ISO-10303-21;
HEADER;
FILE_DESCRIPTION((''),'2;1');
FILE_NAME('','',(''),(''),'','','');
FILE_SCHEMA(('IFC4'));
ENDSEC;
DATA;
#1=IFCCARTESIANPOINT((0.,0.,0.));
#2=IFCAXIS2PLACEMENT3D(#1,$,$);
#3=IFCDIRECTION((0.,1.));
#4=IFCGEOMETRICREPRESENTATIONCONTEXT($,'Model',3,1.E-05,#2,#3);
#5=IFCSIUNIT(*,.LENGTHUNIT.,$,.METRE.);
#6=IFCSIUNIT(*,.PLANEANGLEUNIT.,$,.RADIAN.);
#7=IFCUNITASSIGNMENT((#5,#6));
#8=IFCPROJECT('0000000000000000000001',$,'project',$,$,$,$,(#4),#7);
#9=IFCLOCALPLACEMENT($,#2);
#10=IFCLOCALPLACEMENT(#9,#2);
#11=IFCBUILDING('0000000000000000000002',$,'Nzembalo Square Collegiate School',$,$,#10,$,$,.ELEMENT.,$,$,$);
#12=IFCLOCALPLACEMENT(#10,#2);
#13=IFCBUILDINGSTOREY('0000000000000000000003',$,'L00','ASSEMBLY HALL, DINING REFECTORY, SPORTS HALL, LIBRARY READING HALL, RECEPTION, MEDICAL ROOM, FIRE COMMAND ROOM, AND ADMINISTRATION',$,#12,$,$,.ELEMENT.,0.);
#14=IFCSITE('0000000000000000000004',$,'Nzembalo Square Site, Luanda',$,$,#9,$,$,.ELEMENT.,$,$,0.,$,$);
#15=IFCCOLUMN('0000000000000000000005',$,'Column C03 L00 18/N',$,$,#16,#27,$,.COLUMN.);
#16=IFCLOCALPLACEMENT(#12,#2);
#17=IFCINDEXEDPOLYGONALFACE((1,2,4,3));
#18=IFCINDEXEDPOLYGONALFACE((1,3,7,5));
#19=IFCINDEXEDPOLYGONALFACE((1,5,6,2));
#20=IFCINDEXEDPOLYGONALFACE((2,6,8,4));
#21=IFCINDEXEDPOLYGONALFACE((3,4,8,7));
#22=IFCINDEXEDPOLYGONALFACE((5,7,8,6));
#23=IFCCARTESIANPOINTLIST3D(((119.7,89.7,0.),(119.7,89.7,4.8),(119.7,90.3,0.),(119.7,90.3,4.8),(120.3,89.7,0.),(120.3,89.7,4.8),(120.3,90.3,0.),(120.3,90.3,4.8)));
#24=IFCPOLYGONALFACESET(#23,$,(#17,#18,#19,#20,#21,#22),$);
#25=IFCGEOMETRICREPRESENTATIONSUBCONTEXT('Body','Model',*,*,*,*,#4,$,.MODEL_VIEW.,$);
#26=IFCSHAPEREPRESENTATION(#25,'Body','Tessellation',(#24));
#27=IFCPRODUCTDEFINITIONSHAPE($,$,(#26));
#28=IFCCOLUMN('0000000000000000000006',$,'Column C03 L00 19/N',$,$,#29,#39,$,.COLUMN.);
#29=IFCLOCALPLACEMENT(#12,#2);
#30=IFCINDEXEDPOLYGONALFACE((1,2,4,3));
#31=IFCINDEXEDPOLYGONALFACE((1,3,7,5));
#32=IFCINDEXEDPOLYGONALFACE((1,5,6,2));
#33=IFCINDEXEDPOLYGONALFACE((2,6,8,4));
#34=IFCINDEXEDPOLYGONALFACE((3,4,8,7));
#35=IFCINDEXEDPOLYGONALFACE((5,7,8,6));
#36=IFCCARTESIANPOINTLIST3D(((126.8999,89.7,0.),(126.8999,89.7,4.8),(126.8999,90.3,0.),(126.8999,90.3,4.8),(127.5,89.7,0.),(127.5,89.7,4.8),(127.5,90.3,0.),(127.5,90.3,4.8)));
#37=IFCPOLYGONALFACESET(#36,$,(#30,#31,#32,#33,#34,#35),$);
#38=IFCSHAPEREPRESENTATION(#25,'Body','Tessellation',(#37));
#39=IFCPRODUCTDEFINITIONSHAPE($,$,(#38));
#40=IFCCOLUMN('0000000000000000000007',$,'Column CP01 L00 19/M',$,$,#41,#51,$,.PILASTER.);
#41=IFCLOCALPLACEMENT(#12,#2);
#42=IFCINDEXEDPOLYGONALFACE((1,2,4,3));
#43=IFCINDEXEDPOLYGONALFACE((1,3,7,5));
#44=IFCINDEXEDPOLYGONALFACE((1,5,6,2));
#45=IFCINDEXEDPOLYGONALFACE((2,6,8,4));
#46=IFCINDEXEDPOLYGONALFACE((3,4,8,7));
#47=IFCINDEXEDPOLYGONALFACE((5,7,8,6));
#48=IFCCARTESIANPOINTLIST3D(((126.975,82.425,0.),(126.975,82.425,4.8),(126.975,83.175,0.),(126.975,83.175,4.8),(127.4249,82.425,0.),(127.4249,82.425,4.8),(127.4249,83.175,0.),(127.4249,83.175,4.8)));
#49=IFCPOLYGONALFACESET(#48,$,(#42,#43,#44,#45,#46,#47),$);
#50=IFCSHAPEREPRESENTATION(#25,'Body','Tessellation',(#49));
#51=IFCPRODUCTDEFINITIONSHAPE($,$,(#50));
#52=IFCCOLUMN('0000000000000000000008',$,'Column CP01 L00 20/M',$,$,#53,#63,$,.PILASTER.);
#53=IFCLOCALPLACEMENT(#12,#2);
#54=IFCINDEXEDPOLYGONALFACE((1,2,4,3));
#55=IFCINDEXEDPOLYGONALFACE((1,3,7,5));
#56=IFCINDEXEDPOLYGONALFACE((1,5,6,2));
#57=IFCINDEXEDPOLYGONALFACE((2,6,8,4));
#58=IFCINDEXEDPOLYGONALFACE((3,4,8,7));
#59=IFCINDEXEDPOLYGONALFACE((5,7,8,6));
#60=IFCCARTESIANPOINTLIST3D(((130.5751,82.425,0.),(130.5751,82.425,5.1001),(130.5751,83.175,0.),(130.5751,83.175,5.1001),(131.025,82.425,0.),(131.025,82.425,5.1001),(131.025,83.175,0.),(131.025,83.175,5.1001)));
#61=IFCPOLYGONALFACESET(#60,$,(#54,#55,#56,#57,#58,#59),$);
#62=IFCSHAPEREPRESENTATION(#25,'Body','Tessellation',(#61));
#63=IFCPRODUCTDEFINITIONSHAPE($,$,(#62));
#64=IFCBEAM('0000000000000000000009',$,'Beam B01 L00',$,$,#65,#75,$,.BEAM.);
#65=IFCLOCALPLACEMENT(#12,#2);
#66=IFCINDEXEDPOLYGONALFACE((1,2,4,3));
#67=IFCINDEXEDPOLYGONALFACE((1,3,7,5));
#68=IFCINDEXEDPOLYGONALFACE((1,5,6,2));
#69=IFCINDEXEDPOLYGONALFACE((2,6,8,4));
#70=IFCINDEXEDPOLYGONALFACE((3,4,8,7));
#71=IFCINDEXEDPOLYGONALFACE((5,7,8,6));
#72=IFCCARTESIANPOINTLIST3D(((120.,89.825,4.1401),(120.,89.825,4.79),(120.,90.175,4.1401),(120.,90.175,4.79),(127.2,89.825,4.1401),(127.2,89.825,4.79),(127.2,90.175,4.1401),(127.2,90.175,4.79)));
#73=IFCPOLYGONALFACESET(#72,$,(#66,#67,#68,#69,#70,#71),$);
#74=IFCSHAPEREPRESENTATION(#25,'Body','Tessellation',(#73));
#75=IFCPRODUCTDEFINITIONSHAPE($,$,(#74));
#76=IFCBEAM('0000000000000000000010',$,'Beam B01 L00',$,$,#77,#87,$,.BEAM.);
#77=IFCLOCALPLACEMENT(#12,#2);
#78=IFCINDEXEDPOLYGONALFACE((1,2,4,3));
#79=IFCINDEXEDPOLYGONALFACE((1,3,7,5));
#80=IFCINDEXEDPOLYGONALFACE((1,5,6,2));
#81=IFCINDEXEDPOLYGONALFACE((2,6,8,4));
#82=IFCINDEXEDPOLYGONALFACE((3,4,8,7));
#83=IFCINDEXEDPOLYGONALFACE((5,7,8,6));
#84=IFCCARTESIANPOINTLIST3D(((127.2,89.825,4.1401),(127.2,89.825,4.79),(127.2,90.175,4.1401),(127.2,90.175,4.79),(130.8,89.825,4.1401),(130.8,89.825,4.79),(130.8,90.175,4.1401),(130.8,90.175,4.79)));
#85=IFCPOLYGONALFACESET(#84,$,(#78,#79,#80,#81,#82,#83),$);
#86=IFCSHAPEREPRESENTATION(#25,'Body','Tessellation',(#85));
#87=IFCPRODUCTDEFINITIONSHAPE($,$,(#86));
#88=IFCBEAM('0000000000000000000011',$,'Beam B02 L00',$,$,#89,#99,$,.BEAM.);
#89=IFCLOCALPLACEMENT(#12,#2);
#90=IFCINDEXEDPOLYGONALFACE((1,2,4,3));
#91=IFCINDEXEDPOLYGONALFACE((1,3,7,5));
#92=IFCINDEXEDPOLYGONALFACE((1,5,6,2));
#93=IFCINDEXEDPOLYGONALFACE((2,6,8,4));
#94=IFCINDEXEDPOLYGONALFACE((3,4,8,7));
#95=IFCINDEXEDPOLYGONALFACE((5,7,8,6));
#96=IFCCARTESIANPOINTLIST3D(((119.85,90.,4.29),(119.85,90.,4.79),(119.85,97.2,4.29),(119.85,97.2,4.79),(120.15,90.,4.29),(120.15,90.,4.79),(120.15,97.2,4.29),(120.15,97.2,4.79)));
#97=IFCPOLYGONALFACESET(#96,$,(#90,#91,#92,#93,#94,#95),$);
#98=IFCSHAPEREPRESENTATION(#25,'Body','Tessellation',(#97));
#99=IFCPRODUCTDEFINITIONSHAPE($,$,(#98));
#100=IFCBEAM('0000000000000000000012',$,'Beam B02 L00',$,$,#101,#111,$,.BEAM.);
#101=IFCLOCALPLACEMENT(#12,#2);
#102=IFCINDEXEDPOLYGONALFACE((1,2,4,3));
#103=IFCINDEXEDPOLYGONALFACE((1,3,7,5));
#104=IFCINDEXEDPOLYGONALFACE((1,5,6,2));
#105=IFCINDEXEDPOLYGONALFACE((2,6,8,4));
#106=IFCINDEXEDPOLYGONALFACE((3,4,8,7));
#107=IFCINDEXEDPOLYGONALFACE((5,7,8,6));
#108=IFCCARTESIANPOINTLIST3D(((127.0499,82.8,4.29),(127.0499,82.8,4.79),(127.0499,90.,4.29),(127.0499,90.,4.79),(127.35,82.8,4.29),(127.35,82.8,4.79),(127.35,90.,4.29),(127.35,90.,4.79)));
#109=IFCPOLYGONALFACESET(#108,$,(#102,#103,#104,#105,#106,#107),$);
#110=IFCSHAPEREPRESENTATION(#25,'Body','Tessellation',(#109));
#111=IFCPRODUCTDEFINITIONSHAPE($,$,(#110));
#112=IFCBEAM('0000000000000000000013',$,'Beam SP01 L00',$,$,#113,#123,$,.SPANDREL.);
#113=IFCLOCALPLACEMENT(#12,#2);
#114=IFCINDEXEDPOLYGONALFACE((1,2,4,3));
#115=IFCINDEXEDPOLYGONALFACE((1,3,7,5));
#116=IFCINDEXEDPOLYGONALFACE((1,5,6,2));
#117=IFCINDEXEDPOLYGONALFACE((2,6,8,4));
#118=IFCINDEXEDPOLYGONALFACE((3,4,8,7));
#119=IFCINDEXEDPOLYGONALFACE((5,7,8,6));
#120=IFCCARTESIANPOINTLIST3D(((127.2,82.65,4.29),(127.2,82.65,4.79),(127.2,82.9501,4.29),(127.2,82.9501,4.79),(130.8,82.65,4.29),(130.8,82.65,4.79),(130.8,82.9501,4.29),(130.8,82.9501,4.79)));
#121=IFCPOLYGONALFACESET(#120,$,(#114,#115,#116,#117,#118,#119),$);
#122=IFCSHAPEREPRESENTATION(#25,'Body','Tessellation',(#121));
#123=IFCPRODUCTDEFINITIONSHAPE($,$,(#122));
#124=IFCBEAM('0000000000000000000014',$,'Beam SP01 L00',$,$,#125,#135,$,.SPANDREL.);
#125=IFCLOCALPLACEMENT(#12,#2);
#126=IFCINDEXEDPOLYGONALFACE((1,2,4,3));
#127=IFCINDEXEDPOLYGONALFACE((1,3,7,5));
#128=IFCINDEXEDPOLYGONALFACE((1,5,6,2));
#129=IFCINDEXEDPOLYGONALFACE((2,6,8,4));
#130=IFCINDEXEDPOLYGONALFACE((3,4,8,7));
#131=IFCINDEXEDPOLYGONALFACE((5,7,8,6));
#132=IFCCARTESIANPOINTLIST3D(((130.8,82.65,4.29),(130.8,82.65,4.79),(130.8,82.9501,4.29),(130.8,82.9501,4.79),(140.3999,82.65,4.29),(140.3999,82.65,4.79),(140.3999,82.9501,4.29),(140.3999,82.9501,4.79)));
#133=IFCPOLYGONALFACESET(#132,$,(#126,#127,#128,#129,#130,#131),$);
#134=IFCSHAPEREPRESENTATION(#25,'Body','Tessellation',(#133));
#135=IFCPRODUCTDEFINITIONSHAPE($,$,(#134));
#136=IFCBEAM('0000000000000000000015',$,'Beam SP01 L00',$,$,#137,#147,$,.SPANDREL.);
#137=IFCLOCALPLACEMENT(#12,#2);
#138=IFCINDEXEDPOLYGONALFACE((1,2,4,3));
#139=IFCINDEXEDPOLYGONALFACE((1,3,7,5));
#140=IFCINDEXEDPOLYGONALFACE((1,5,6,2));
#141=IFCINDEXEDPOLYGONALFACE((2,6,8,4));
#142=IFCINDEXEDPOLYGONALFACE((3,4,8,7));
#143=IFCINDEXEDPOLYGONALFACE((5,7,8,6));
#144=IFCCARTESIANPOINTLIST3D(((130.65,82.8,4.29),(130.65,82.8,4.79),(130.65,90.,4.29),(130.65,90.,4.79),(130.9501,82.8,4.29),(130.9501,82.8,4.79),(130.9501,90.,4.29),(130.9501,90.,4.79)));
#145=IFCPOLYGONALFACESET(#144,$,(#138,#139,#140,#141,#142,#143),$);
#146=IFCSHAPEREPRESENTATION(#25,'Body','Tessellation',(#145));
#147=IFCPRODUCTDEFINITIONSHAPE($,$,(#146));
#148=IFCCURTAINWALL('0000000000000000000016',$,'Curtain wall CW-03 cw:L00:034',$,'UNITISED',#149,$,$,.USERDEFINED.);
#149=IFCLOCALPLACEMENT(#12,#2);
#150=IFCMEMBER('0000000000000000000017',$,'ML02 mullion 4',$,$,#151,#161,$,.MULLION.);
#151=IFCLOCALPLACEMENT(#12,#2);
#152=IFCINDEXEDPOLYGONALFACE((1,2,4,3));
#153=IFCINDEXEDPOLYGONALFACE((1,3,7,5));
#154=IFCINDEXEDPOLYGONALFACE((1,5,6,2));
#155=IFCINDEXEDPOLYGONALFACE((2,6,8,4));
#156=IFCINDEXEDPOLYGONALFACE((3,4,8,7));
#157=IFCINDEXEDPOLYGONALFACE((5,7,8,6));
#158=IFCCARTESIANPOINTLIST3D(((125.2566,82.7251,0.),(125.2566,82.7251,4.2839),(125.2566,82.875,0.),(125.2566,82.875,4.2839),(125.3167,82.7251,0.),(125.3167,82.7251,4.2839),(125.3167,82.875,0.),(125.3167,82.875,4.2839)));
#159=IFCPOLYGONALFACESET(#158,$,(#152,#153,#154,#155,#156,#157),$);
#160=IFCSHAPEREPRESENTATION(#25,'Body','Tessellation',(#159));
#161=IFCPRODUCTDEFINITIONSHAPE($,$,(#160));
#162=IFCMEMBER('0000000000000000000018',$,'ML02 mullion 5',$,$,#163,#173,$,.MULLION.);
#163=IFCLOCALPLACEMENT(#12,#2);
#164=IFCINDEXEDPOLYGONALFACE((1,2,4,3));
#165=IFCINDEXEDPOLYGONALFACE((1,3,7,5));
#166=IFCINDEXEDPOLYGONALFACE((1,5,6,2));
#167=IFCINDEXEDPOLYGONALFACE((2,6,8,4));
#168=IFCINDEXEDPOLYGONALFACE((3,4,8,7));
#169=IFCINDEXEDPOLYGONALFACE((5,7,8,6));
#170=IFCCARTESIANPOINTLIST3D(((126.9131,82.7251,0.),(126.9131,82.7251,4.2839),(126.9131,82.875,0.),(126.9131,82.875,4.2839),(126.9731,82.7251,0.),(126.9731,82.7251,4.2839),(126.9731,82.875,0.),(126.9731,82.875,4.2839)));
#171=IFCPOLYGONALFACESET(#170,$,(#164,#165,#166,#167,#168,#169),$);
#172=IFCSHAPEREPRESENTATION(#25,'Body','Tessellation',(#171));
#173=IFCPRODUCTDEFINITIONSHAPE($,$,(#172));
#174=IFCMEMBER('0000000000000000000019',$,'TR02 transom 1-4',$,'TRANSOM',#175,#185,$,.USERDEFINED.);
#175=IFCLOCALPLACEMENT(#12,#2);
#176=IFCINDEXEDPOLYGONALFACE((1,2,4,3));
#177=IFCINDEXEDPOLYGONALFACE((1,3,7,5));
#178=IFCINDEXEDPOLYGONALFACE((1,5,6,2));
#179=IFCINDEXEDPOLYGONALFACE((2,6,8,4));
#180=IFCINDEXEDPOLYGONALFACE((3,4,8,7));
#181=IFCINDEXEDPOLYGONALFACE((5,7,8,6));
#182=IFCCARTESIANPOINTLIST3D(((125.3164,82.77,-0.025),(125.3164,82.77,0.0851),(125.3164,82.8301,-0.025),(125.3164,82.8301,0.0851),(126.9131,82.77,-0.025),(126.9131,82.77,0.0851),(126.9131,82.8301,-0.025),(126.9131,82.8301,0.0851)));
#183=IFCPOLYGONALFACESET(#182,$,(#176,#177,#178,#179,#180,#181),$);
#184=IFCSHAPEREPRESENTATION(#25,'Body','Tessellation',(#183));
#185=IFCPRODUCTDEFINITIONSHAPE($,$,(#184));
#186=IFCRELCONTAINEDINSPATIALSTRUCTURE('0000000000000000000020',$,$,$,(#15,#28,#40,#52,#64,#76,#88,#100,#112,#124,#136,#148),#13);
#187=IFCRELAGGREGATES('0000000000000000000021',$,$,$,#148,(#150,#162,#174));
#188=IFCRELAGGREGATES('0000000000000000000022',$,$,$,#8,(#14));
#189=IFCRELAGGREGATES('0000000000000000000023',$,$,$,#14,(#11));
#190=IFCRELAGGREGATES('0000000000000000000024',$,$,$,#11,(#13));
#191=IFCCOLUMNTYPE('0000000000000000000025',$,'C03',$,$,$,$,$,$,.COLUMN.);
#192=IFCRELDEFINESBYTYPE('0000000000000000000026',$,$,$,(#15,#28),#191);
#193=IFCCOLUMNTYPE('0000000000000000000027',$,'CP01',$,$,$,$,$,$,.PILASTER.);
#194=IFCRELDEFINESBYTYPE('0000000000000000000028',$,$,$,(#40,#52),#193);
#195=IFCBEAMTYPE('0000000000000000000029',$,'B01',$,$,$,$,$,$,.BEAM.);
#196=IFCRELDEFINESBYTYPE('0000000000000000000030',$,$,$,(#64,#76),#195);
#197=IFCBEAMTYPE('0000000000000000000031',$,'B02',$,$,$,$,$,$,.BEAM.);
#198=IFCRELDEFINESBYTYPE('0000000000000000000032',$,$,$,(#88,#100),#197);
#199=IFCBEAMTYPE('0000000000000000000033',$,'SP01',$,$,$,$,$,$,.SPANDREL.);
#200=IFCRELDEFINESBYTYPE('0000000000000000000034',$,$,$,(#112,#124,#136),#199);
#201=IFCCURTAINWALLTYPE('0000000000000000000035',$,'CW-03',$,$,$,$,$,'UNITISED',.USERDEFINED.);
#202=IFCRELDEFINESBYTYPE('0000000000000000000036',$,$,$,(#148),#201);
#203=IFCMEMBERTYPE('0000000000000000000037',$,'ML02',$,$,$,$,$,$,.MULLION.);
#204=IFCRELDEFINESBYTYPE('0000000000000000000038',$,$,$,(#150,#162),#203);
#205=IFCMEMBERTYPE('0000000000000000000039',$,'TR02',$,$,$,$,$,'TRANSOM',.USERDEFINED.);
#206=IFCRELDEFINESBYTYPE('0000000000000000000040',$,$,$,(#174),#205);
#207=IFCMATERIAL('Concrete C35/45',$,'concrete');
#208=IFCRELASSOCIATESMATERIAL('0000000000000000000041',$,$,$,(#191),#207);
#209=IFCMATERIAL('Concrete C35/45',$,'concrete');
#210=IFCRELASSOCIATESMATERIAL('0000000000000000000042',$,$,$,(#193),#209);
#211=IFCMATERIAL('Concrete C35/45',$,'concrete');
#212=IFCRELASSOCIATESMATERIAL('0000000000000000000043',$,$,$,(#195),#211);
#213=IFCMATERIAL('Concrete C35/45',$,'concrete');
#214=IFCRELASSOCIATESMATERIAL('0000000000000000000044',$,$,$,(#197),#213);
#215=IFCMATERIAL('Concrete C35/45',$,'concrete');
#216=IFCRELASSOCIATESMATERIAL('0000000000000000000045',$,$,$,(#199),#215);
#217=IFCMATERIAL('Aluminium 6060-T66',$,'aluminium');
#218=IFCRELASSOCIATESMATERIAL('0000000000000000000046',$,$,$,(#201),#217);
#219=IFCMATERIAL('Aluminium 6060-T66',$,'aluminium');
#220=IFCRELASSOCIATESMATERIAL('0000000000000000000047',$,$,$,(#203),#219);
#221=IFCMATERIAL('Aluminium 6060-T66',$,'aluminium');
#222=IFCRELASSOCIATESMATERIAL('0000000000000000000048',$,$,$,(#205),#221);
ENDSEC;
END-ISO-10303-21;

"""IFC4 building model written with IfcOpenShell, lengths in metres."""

from ifc_helpers import new_model, si_unit, direction, frame, origin, origin_2d, place, context, subcontext, project, spatial, rectangle, extrude, material, material_profile, profile_set, type_object, element, aggregate, save


model = new_model("IFC4")

# Units and contexts
model_context = context("Model", 3, precision=1e-05, world=origin(), true_north=direction((0.0, 1.0)))
body_context = subcontext(model_context, "Body", "Model", "MODEL_VIEW")
ifc_project = project(units=[si_unit("LENGTHUNIT", "METRE"), si_unit("PLANEANGLEUNIT", "RADIAN")], contexts=[model_context])

# Site, building, storey
site_placement = place(None, origin())
site = spatial("IfcSite", under=ifc_project, at=site_placement, Name="Nzembalo Square Site, Luanda", CompositionType="ELEMENT", RefElevation=0.0)
building_placement = place(site_placement, origin())
building = spatial("IfcBuilding", under=site, at=building_placement, Name="Nzembalo Square Collegiate School", CompositionType="ELEMENT")
storey_placement = place(building_placement, origin())
storey = spatial("IfcBuildingStorey", under=building, at=storey_placement, Name="L00", Description="ASSEMBLY HALL, DINING REFECTORY, SPORTS HALL, LIBRARY READING HALL, RECEPTION, MEDICAL ROOM, FIRE COMMAND ROOM, AND ADMINISTRATION", CompositionType="ELEMENT", Elevation=0.0)

# Columns
ifc_material_1 = material(Name="Concrete C35/45", Category="concrete")
ifc_material_profile_1 = material_profile(ifc_material_1, rectangle(XDim=0.6001, YDim=0.6001, at=origin_2d()), Name="RC 600x600")
ifc_profile_set_1 = profile_set([ifc_material_profile_1], Name="Concrete C35/45")
column_type_1 = type_object("IfcColumnType", Name="C03", PredefinedType="COLUMN", material=ifc_profile_set_1)
for number, where, z_axis, x_axis, name in (
    (1, (120.0, 90.0, 0.0), (0.0, 0.0, 1.0), (1.0, 0.0, 0.0), "Column C03 L00 18/N"),
    (2, (127.2, 90.0, 0.0), (0.0, 0.0, 1.0), (1.0, 0.0, 0.0), "Column C03 L00 19/N"),
):
    element("IfcColumn", number, at=place(storey_placement, frame(where, z_axis=z_axis, x_axis=x_axis)), inside=storey, type_object=column_type_1, Name=name, PredefinedType="COLUMN", context=body_context, shape_type="SweptSolid", body=[
        extrude(rectangle(XDim=0.6001, YDim=0.6001, at=origin_2d()), origin(), (0.0, 0.0, 1.0), 4.8),
    ])
ifc_material_2 = material(Name="Concrete C35/45", Category="concrete")
ifc_material_profile_2 = material_profile(ifc_material_2, rectangle(XDim=0.45, YDim=0.75, at=origin_2d()), Name="RC 450x750")
ifc_profile_set_2 = profile_set([ifc_material_profile_2], Name="Concrete C35/45")
column_type_2 = type_object("IfcColumnType", Name="CP01", PredefinedType="PILASTER", material=ifc_profile_set_2)
column_1_placement = place(storey_placement, frame((127.2, 82.8, 0.0), z_axis=(0.0, 0.0, 1.0), x_axis=(1.0, 0.0, 0.0)))
element("IfcColumn", 3, at=column_1_placement, inside=storey, type_object=column_type_2, Name="Column CP01 L00 19/M", PredefinedType="PILASTER", context=body_context, shape_type="SweptSolid", body=[
    extrude(rectangle(XDim=0.45, YDim=0.75, at=origin_2d()), origin(), (0.0, 0.0, 1.0), 4.8),
])
column_2_placement = place(storey_placement, frame((130.8, 82.8, 0.0), z_axis=(0.0, 0.0, 1.0), x_axis=(1.0, 0.0, 0.0)))
element("IfcColumn", 4, at=column_2_placement, inside=storey, type_object=column_type_2, Name="Column CP01 L00 20/M", PredefinedType="PILASTER", context=body_context, shape_type="SweptSolid", body=[
    extrude(rectangle(XDim=0.45, YDim=0.75, at=origin_2d()), origin(), (0.0, 0.0, 1.0), 5.1001),
])

# Beams
ifc_material_3 = material(Name="Concrete C35/45", Category="concrete")
ifc_material_profile_3 = material_profile(ifc_material_3, rectangle(XDim=0.3501, YDim=0.6499, at=origin_2d()), Name="RC 350x650")
ifc_profile_set_3 = profile_set([ifc_material_profile_3], Name="Concrete C35/45")
beam_type_1 = type_object("IfcBeamType", Name="B01", PredefinedType="BEAM", material=ifc_profile_set_3)
beam_1_placement = place(storey_placement, frame((120.0, 90.0, 4.4651), z_axis=(1.0, 0.0, 0.0), x_axis=(0.0, 1.0, 0.0)))
element("IfcBeam", 5, at=beam_1_placement, inside=storey, type_object=beam_type_1, Name="Beam B01 L00", PredefinedType="BEAM", context=body_context, shape_type="SweptSolid", body=[
    extrude(rectangle(XDim=0.3501, YDim=0.6499, at=origin_2d()), origin(), (0.0, 0.0, 1.0), 7.2),
])
beam_2_placement = place(storey_placement, frame((127.2, 90.0, 4.4651), z_axis=(1.0, 0.0, 0.0), x_axis=(0.0, 1.0, 0.0)))
element("IfcBeam", 6, at=beam_2_placement, inside=storey, type_object=beam_type_1, Name="Beam B01 L00", PredefinedType="BEAM", context=body_context, shape_type="SweptSolid", body=[
    extrude(rectangle(XDim=0.3501, YDim=0.6499, at=origin_2d()), origin(), (0.0, 0.0, 1.0), 3.6001),
])
ifc_material_4 = material(Name="Concrete C35/45", Category="concrete")
ifc_material_profile_4 = material_profile(ifc_material_4, rectangle(XDim=0.3, YDim=0.5, at=origin_2d()), Name="RC 300x500")
ifc_profile_set_4 = profile_set([ifc_material_profile_4], Name="Concrete C35/45")
beam_type_2 = type_object("IfcBeamType", Name="B02", PredefinedType="BEAM", material=ifc_profile_set_4)
for number, where, z_axis, x_axis, name in (
    (7, (120.0, 90.0, 4.54), (0.0, 1.0, 0.0), (-1.0, 0.0, 0.0), "Beam B02 L00"),
    (8, (127.2, 82.8, 4.54), (0.0, 1.0, 0.0), (-1.0, 0.0, 0.0), "Beam B02 L00"),
):
    element("IfcBeam", number, at=place(storey_placement, frame(where, z_axis=z_axis, x_axis=x_axis)), inside=storey, type_object=beam_type_2, Name=name, PredefinedType="BEAM", context=body_context, shape_type="SweptSolid", body=[
        extrude(rectangle(XDim=0.3, YDim=0.5, at=origin_2d()), origin(), (0.0, 0.0, 1.0), 7.2),
    ])
ifc_material_5 = material(Name="Concrete C35/45", Category="concrete")
ifc_material_profile_5 = material_profile(ifc_material_5, rectangle(XDim=0.3, YDim=0.5, at=origin_2d()), Name="RC 300x500")
ifc_profile_set_5 = profile_set([ifc_material_profile_5], Name="Concrete C35/45")
beam_type_3 = type_object("IfcBeamType", Name="SP01", PredefinedType="SPANDREL", material=ifc_profile_set_5)
beam_3_placement = place(storey_placement, frame((127.2, 82.8, 4.54), z_axis=(1.0, 0.0, 0.0), x_axis=(0.0, 1.0, 0.0)))
element("IfcBeam", 9, at=beam_3_placement, inside=storey, type_object=beam_type_3, Name="Beam SP01 L00", PredefinedType="SPANDREL", context=body_context, shape_type="SweptSolid", body=[
    extrude(rectangle(XDim=0.3, YDim=0.5, at=origin_2d()), origin(), (0.0, 0.0, 1.0), 3.6001),
])
beam_4_placement = place(storey_placement, frame((130.8, 82.8, 4.54), z_axis=(1.0, 0.0, 0.0), x_axis=(0.0, 1.0, 0.0)))
element("IfcBeam", 10, at=beam_4_placement, inside=storey, type_object=beam_type_3, Name="Beam SP01 L00", PredefinedType="SPANDREL", context=body_context, shape_type="SweptSolid", body=[
    extrude(rectangle(XDim=0.3, YDim=0.5, at=origin_2d()), origin(), (0.0, 0.0, 1.0), 9.5999),
])
beam_5_placement = place(storey_placement, frame((130.8, 82.8, 4.54), z_axis=(0.0, 1.0, 0.0), x_axis=(-1.0, 0.0, 0.0)))
element("IfcBeam", 11, at=beam_5_placement, inside=storey, type_object=beam_type_3, Name="Beam SP01 L00", PredefinedType="SPANDREL", context=body_context, shape_type="SweptSolid", body=[
    extrude(rectangle(XDim=0.3, YDim=0.5, at=origin_2d()), origin(), (0.0, 0.0, 1.0), 7.2),
])

# Curtain wall, members
ifc_material_6 = material(Name="Aluminium 6060-T66", Category="aluminium")
curtain_wall_type = type_object("IfcCurtainWallType", Name="CW-03", ElementType="UNITISED", PredefinedType="USERDEFINED", material=ifc_material_6)
curtain_wall_placement = place(storey_placement, origin())
curtain_wall = element("IfcCurtainWall", 12, at=curtain_wall_placement, inside=storey, type_object=curtain_wall_type, Name="Curtain wall CW-03 cw:L00:034", ObjectType="UNITISED", PredefinedType="USERDEFINED")
ifc_material_7 = material(Name="Aluminium 6060-T66", Category="aluminium")
ifc_material_profile_6 = material_profile(ifc_material_7, rectangle(XDim=0.0601, YDim=0.1499, at=origin_2d()), Name="ALU M60x150")
ifc_profile_set_6 = profile_set([ifc_material_profile_6], Name="Aluminium 6060-T66")
member_type_1 = type_object("IfcMemberType", Name="ML02", PredefinedType="MULLION", material=ifc_profile_set_6)
member_1_placement = place(storey_placement, frame((125.2866, 82.8, 0.0), z_axis=(0.0, 0.0, 1.0), x_axis=(1.0, 0.0, 0.0)))
member_1 = element("IfcMember", 13, at=member_1_placement, type_object=member_type_1, Name="ML02 mullion 4", PredefinedType="MULLION", context=body_context, shape_type="SweptSolid", body=[
    extrude(rectangle(XDim=0.0601, YDim=0.1499, at=origin_2d()), origin(), (0.0, 0.0, 1.0), 4.2839),
])
member_2_placement = place(storey_placement, frame((126.9431, 82.8, 0.0), z_axis=(0.0, 0.0, 1.0), x_axis=(1.0, 0.0, 0.0)))
member_2 = element("IfcMember", 14, at=member_2_placement, type_object=member_type_1, Name="ML02 mullion 5", PredefinedType="MULLION", context=body_context, shape_type="SweptSolid", body=[
    extrude(rectangle(XDim=0.0601, YDim=0.1499, at=origin_2d()), origin(), (0.0, 0.0, 1.0), 4.2839),
])
ifc_material_8 = material(Name="Aluminium 6060-T66", Category="aluminium")
ifc_material_profile_7 = material_profile(ifc_material_8, rectangle(XDim=0.0601, YDim=0.1101, at=origin_2d()), Name="ALU T60x110")
ifc_profile_set_7 = profile_set([ifc_material_profile_7], Name="Aluminium 6060-T66")
member_type_2 = type_object("IfcMemberType", Name="TR02", ElementType="TRANSOM", PredefinedType="USERDEFINED", material=ifc_profile_set_7)
member_3_placement = place(storey_placement, frame((125.3164, 82.8, 0.03), z_axis=(1.0, 0.0, 0.0), x_axis=(0.0, 1.0, 0.0)))
member_3 = element("IfcMember", 15, at=member_3_placement, type_object=member_type_2, Name="TR02 transom 1-4", ObjectType="TRANSOM", PredefinedType="USERDEFINED", context=body_context, shape_type="SweptSolid", body=[
    extrude(rectangle(XDim=0.0601, YDim=0.1101, at=origin_2d()), origin(), (0.0, 0.0, 1.0), 1.5967),
])
aggregate(curtain_wall, [member_1, member_2, member_3])

save(model, "model.ifc")
